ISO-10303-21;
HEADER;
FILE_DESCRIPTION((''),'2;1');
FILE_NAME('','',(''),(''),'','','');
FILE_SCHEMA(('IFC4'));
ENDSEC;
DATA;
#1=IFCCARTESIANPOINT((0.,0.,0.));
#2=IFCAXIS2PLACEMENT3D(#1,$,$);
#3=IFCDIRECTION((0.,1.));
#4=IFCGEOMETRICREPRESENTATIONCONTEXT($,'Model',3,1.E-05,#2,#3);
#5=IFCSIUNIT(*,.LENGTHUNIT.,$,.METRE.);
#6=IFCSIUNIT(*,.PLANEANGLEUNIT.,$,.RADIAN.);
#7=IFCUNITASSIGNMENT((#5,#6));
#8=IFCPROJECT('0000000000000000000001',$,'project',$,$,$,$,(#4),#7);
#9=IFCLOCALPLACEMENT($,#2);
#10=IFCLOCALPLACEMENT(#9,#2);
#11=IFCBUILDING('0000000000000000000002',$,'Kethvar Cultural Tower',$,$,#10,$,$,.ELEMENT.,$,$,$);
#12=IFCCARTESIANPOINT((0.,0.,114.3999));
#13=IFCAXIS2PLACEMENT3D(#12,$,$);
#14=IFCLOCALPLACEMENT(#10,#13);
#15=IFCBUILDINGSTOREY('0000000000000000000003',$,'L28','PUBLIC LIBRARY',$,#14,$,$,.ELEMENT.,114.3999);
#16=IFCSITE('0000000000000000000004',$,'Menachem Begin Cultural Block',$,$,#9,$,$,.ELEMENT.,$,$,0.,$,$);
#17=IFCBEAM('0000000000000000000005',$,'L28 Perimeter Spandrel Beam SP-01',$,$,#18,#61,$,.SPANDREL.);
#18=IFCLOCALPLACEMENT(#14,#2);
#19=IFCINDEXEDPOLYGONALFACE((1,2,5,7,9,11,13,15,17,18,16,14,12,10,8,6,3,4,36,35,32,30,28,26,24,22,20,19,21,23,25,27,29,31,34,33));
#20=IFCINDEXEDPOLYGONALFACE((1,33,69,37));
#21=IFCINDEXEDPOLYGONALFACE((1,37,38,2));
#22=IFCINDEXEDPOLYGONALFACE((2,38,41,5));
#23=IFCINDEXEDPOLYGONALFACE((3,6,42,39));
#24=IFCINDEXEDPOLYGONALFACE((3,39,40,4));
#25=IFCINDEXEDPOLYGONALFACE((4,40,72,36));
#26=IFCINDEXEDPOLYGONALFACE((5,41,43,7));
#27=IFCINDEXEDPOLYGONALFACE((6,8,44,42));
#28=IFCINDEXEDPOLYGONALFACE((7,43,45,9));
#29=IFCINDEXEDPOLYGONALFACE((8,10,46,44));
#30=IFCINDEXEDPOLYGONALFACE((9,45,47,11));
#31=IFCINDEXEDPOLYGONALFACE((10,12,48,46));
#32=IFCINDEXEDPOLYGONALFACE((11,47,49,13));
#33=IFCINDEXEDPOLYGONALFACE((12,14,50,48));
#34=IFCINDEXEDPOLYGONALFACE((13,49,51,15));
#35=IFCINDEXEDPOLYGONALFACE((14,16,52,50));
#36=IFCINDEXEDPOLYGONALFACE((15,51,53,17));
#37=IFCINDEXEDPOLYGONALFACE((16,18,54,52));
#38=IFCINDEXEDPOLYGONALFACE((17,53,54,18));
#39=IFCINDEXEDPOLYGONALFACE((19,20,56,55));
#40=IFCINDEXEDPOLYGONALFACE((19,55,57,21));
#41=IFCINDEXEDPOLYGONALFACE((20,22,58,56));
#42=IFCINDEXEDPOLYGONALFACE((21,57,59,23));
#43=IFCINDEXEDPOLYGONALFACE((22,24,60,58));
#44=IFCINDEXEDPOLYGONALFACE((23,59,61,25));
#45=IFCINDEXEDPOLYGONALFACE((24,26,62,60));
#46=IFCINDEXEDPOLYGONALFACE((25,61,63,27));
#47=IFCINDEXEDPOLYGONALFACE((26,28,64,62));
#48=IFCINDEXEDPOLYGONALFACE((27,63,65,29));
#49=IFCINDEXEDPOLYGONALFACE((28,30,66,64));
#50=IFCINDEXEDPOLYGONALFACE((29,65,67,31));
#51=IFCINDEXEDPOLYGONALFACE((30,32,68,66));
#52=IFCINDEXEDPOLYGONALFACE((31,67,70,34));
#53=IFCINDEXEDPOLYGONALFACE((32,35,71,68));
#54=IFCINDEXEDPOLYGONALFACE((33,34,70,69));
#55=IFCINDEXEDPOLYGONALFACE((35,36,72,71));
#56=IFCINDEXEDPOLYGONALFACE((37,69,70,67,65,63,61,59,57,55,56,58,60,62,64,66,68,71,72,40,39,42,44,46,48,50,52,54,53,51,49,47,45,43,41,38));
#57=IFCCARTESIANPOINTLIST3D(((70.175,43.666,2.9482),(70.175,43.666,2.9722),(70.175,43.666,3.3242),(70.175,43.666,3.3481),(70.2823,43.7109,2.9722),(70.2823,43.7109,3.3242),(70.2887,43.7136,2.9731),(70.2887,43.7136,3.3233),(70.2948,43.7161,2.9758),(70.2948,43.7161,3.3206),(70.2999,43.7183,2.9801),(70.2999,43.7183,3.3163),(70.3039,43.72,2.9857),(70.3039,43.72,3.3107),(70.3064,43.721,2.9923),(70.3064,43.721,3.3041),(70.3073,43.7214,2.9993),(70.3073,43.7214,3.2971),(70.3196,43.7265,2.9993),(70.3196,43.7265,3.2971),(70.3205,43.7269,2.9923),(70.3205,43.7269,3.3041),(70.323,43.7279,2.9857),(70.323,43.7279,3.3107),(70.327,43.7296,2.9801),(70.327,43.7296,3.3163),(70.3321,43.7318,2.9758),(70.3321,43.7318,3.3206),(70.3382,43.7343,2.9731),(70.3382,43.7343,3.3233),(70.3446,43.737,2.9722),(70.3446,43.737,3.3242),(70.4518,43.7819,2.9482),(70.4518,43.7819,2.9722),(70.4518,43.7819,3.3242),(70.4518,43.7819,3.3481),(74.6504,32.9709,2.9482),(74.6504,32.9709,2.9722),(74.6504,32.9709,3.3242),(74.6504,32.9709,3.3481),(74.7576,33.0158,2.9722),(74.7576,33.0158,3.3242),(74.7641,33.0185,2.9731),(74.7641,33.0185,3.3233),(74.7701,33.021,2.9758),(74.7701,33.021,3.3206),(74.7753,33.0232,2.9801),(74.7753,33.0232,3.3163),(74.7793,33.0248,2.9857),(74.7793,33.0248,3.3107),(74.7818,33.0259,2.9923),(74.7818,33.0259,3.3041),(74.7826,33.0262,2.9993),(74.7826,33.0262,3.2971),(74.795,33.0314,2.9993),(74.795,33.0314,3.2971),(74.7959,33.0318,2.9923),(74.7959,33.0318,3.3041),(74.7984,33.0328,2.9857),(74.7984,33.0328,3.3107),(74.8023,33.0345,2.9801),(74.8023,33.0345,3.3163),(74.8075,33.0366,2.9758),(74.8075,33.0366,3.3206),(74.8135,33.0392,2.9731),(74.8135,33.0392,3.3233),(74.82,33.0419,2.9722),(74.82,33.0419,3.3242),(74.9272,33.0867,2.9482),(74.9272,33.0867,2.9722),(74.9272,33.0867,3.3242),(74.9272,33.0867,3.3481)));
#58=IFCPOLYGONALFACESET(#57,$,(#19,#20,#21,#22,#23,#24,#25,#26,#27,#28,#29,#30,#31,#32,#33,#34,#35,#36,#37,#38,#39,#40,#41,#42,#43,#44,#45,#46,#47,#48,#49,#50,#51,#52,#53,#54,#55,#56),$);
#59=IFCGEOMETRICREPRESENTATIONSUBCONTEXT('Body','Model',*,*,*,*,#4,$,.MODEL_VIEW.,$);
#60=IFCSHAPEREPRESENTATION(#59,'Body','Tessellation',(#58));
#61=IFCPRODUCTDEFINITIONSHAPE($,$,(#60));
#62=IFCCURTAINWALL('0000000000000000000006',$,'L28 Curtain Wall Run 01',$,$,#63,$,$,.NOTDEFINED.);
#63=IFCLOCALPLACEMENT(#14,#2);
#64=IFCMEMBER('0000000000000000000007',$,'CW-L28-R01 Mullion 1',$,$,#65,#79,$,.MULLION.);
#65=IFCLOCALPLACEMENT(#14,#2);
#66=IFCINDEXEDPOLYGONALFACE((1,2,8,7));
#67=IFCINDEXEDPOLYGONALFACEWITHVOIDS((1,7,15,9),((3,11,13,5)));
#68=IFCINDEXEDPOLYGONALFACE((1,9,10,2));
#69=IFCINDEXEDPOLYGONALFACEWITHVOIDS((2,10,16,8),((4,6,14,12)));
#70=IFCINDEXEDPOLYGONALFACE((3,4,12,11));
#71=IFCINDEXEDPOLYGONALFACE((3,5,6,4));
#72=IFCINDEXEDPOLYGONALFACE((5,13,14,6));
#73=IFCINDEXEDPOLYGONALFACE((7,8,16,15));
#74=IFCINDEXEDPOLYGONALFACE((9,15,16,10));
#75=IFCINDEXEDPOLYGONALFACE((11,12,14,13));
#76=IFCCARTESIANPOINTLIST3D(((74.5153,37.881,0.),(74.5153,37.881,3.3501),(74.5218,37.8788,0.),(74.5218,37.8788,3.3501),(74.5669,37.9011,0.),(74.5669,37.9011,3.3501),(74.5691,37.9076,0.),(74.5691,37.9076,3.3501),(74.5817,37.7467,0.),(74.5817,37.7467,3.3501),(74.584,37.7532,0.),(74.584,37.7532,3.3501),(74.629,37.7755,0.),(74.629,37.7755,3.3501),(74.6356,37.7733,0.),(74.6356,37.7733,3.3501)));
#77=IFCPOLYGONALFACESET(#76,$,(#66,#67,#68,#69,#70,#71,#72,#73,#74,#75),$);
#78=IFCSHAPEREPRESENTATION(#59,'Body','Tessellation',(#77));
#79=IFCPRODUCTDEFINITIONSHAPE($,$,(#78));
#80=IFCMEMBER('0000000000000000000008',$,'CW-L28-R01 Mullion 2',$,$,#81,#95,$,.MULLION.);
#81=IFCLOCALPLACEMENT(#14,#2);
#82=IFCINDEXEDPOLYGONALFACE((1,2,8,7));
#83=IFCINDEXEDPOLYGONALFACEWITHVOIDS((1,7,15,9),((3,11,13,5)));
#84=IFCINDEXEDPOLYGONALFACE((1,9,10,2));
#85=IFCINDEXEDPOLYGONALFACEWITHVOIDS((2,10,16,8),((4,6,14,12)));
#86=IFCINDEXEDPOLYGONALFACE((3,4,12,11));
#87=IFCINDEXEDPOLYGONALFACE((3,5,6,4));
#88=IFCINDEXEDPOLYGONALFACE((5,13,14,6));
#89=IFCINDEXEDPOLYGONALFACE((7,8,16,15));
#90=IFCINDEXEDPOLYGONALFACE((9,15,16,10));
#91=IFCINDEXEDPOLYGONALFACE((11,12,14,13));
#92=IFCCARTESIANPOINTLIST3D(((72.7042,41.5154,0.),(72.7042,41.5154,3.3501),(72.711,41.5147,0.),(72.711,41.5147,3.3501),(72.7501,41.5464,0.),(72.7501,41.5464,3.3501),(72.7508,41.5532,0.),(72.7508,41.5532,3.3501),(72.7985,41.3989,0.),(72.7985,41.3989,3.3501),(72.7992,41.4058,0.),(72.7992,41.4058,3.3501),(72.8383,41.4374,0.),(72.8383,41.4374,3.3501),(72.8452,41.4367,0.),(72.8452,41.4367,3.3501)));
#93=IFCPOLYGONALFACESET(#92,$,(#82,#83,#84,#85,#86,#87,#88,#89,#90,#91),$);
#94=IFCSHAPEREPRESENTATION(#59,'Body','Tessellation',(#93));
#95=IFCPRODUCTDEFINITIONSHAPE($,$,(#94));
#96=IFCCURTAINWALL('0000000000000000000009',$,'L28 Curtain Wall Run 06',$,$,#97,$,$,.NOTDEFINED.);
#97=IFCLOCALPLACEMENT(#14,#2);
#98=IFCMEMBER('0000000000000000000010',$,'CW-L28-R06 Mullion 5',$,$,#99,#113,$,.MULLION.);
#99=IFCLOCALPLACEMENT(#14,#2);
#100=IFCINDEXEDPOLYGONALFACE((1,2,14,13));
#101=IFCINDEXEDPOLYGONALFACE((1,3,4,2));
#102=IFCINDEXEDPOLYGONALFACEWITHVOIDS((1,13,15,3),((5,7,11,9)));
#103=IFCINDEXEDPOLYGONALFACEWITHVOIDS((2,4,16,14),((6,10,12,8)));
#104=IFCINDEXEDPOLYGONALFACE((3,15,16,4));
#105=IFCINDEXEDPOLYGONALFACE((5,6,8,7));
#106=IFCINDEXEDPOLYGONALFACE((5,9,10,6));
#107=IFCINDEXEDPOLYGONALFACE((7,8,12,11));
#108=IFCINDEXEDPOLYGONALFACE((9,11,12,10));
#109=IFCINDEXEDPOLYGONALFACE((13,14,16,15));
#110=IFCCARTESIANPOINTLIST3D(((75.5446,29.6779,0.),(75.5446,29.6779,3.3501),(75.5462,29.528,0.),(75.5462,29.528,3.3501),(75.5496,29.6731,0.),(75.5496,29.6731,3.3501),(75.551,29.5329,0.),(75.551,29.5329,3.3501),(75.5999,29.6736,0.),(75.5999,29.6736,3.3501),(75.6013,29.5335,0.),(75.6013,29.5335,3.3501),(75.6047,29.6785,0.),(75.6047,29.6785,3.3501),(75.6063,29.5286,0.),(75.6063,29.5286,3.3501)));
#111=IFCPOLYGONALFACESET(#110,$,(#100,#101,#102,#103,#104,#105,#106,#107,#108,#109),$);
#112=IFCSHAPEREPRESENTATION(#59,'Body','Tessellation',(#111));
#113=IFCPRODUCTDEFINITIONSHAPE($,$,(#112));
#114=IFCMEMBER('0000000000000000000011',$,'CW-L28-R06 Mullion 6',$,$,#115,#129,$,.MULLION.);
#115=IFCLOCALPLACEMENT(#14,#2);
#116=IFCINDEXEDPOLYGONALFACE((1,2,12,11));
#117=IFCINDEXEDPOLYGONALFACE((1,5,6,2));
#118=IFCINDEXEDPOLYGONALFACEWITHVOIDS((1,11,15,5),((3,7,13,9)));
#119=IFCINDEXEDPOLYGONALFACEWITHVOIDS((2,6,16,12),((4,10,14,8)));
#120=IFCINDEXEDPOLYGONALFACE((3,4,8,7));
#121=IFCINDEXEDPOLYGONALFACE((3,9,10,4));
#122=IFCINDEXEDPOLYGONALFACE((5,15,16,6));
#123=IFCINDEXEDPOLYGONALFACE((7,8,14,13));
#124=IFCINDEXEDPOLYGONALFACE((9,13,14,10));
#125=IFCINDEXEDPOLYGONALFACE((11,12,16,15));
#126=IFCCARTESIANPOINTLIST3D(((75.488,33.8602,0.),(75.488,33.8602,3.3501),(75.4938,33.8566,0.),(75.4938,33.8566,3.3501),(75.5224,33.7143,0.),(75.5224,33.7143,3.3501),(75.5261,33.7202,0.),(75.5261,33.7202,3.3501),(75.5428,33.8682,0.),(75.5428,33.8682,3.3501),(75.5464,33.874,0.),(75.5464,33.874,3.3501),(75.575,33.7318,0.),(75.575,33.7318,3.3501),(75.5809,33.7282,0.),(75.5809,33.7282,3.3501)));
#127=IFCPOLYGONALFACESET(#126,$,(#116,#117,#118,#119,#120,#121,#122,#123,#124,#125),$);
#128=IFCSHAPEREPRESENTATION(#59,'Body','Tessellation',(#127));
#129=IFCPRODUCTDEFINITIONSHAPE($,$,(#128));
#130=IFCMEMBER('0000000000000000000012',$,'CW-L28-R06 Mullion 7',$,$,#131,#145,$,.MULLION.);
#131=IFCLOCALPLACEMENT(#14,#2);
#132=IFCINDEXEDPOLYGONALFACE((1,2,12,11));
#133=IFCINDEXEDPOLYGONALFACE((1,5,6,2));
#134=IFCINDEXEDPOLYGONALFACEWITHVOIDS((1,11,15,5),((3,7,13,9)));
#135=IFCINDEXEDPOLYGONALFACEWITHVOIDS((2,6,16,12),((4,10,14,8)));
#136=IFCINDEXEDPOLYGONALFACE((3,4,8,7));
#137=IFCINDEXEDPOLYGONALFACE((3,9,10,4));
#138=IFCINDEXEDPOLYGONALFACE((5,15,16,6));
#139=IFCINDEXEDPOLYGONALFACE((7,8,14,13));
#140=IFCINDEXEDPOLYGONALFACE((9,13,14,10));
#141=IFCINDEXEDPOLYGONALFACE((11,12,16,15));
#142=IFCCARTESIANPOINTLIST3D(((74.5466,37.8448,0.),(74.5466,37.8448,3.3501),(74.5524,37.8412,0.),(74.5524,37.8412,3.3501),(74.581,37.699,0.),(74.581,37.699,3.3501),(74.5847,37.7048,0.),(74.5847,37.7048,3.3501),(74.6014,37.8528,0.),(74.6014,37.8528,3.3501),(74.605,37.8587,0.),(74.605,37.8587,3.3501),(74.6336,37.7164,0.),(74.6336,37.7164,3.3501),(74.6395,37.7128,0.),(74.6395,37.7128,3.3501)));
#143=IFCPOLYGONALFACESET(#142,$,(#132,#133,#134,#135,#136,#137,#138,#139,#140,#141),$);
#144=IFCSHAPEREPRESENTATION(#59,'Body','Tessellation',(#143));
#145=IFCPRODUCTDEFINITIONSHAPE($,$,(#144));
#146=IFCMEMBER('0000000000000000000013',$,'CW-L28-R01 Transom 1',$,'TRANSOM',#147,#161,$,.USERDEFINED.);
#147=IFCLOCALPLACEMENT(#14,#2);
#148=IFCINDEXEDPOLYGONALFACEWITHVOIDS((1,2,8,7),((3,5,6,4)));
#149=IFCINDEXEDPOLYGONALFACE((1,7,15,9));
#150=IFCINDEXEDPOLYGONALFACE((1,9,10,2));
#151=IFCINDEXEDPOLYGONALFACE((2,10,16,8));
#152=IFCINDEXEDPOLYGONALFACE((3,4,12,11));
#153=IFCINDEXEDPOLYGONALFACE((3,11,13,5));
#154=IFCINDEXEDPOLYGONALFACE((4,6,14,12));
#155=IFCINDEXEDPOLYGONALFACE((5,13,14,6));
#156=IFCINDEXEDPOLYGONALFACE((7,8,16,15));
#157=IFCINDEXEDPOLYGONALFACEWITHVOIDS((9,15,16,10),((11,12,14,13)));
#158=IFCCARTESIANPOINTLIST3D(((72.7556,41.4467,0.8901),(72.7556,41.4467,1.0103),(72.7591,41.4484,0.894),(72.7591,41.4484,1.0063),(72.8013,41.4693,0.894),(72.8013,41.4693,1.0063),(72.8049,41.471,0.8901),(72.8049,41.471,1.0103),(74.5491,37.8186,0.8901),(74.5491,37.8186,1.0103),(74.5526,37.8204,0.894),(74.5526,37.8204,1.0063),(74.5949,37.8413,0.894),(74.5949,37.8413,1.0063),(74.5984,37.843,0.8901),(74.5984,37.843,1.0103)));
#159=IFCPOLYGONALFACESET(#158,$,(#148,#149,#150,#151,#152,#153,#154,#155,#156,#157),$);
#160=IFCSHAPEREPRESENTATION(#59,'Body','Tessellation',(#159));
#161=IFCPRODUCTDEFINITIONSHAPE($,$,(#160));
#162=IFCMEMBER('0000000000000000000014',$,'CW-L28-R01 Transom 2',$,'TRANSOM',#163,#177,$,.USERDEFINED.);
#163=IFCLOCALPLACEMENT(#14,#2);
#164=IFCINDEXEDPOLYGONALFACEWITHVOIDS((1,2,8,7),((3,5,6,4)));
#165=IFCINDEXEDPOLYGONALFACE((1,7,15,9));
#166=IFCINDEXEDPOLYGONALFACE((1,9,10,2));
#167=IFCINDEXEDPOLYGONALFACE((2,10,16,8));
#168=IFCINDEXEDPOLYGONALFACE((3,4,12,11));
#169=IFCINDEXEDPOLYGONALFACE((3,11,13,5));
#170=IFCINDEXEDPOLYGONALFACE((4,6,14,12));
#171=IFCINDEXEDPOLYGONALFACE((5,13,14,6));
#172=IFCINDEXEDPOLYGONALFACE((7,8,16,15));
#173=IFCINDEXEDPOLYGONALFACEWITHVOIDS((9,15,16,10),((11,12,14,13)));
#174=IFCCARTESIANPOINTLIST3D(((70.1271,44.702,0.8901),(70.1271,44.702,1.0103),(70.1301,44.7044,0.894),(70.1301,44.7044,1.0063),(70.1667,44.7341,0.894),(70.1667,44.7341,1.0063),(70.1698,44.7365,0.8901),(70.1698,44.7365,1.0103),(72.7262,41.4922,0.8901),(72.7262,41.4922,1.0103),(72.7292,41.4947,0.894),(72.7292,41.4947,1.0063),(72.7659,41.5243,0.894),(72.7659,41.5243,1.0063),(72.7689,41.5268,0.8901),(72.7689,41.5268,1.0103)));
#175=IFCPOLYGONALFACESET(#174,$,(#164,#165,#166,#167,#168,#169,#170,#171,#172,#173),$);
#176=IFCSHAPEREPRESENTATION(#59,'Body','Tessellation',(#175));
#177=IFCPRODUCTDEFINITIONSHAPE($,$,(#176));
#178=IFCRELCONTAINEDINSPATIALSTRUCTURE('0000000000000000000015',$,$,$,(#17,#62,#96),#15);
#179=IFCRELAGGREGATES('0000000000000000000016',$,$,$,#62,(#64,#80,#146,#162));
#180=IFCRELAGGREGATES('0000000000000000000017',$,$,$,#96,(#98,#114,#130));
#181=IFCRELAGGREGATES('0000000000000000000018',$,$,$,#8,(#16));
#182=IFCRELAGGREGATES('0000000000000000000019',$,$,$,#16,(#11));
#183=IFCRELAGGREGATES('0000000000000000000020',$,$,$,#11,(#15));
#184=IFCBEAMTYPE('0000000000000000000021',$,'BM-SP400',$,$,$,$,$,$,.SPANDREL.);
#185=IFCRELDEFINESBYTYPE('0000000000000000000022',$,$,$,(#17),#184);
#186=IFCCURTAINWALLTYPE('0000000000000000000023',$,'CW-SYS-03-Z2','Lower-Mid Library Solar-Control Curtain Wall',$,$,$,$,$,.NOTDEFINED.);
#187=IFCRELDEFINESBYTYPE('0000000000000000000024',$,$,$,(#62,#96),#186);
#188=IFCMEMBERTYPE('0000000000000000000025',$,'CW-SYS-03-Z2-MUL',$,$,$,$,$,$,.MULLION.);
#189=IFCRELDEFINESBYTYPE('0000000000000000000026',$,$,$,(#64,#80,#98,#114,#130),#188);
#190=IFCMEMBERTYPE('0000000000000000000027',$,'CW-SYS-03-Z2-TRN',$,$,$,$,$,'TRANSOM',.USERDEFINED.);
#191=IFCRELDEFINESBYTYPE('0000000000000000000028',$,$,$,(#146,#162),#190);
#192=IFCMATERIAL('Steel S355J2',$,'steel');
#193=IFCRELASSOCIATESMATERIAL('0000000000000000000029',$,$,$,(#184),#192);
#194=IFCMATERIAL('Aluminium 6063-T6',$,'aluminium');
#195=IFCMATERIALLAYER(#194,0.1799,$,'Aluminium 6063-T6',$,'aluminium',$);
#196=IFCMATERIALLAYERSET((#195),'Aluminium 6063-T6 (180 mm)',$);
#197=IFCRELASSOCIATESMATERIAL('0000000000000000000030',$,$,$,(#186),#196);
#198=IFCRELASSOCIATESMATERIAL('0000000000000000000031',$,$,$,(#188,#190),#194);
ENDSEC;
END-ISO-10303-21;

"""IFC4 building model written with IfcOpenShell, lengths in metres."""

from ifc_helpers import new_model, si_unit, direction, frame, origin, origin_2d, place, context, subcontext, project, spatial, hollow_rectangle, i_section, extrude, source, transform, mapped, material, layer, layer_set, material_profile, profile_set, type_object, element, aggregate, save


model = new_model("IFC4")

# Units and contexts
model_context = context("Model", 3, precision=1e-05, world=origin(), true_north=direction((0.0, 1.0)))
body_context = subcontext(model_context, "Body", "Model", "MODEL_VIEW")
ifc_project = project(units=[si_unit("LENGTHUNIT", "METRE"), si_unit("PLANEANGLEUNIT", "RADIAN")], contexts=[model_context])

# Site, building, storey
site_placement = place(None, origin())
site = spatial("IfcSite", under=ifc_project, at=site_placement, Name="Menachem Begin Cultural Block", CompositionType="ELEMENT", RefElevation=0.0)
building_placement = place(site_placement, origin())
building = spatial("IfcBuilding", under=site, at=building_placement, Name="Kethvar Cultural Tower", CompositionType="ELEMENT")
storey_placement = place(building_placement, frame((0.0, 0.0, 114.3999)))
storey = spatial("IfcBuildingStorey", under=building, at=storey_placement, Name="L28", Description="PUBLIC LIBRARY", CompositionType="ELEMENT", Elevation=114.3999)

# Beam
ifc_material_1 = material(Name="Steel S355J2", Category="steel")
ifc_material_profile_1 = material_profile(ifc_material_1, i_section(OverallWidth=0.3, OverallDepth=0.3999, WebThickness=0.0134, FlangeThickness=0.0239, FilletRadius=0.0271, at=origin_2d()), Name="Steel S355J2 — HEB400")
ifc_profile_set_1 = profile_set([ifc_material_profile_1], Name="Steel S355J2 — HEB400")
beam_type_1 = type_object("IfcBeamType", Name="BM-SP400", PredefinedType="SPANDREL", material=ifc_profile_set_1)
shared_shape_1 = source(origin(), body_context, "Body", "SweptSolid", [
    extrude(i_section(OverallWidth=0.3, OverallDepth=0.3999, WebThickness=0.0134, FlangeThickness=0.0239, FilletRadius=0.0271, at=origin_2d()), origin(), (0.0, 0.0, 1.0), 11.5938),
])
beam_1_placement = place(storey_placement, frame((74.7888, 33.0288, 3.1482), z_axis=(-0.386016, 0.922492, 0.0), x_axis=(-0.922492, -0.386016, 0.0)))
element("IfcBeam", 1, at=beam_1_placement, inside=storey, type_object=beam_type_1, Name="L28 Perimeter Spandrel Beam SP-01", PredefinedType="SPANDREL", context=body_context, shape_type="MappedRepresentation", body=[
    mapped(shared_shape_1, transform((0.0, 0.0, 0.0), scale=1.0)),
])

# Curtain walls, members
ifc_material_2 = material(Name="Aluminium 6063-T6", Category="aluminium")
ifc_layer_1 = layer(ifc_material_2, 0.1799, Name="Aluminium 6063-T6", Category="aluminium")
ifc_layer_set_1 = layer_set([ifc_layer_1], Name="Aluminium 6063-T6 (180 mm)")
curtain_wall_type = type_object("IfcCurtainWallType", Name="CW-SYS-03-Z2", Description="Lower-Mid Library Solar-Control Curtain Wall", PredefinedType="NOTDEFINED", material=ifc_layer_set_1)
curtain_wall_1_placement = place(storey_placement, origin())
curtain_wall_1 = element("IfcCurtainWall", 2, at=curtain_wall_1_placement, inside=storey, type_object=curtain_wall_type, Name="L28 Curtain Wall Run 01", PredefinedType="NOTDEFINED")
ifc_material_profile_2 = material_profile(ifc_material_2, hollow_rectangle(XDim=0.0601, YDim=0.1499, WallThickness=0.0049, at=origin_2d()), Name="Aluminium 6063-T6 — RHS150x60x5")
ifc_profile_set_2 = profile_set([ifc_material_profile_2], Name="Aluminium 6063-T6 — RHS150x60x5")
member_type_1 = type_object("IfcMemberType", Name="CW-SYS-03-Z2-MUL", PredefinedType="MULLION", material=ifc_profile_set_2)
shared_shape_2 = source(origin(), body_context, "Body", "SweptSolid", [
    extrude(hollow_rectangle(XDim=0.0601, YDim=0.1499, WallThickness=0.0049, at=origin_2d()), origin(), (0.0, 0.0, 1.0), 3.3501),
])
member_1_placement = place(storey_placement, frame((74.5754, 37.8271, 0.0), z_axis=(0.0, 0.0, 1.0), x_axis=(-0.896432, -0.443181, 0.0)))
member_1 = element("IfcMember", 3, at=member_1_placement, type_object=member_type_1, Name="CW-L28-R01 Mullion 1", PredefinedType="MULLION", context=body_context, shape_type="MappedRepresentation", body=[
    mapped(shared_shape_2, transform((0.0, 0.0, 0.0), scale=1.0)),
])
member_2_placement = place(storey_placement, frame((72.7747, 41.4761, 0.0), z_axis=(0.0, 0.0, 1.0), x_axis=(-0.777135, -0.629334, 0.0)))
member_2 = element("IfcMember", 4, at=member_2_placement, type_object=member_type_1, Name="CW-L28-R01 Mullion 2", PredefinedType="MULLION", context=body_context, shape_type="MappedRepresentation", body=[
    mapped(shared_shape_2, transform((0.0, 0.0, 0.0), scale=1.0)),
])
curtain_wall_2_placement = place(storey_placement, origin())
curtain_wall_2 = element("IfcCurtainWall", 5, at=curtain_wall_2_placement, inside=storey, type_object=curtain_wall_type, Name="L28 Curtain Wall Run 06", PredefinedType="NOTDEFINED")
member_3_placement = place(storey_placement, frame((75.5754, 29.6033, 0.0), z_axis=(0.0, 0.0, 1.0), x_axis=(-0.999945, -0.010454, 0.0)))
member_3 = element("IfcMember", 6, at=member_3_placement, type_object=member_type_1, Name="CW-L28-R06 Mullion 5", PredefinedType="MULLION", context=body_context, shape_type="MappedRepresentation", body=[
    mapped(shared_shape_2, transform((0.0, 0.0, 0.0), scale=1.0)),
])
member_4_placement = place(storey_placement, frame((75.5344, 33.7942, 0.0), z_axis=(0.0, 0.0, 1.0), x_axis=(-0.973203, -0.229948, 0.0)))
member_4 = element("IfcMember", 7, at=member_4_placement, type_object=member_type_1, Name="CW-L28-R06 Mullion 6", PredefinedType="MULLION", context=body_context, shape_type="MappedRepresentation", body=[
    mapped(shared_shape_2, transform((0.0, 0.0, 0.0), scale=1.0)),
])
member_5_placement = place(storey_placement, frame((74.593, 37.7788, 0.0), z_axis=(0.0, 0.0, 1.0), x_axis=(-0.973203, -0.229948, 0.0)))
member_5 = element("IfcMember", 8, at=member_5_placement, type_object=member_type_1, Name="CW-L28-R06 Mullion 7", PredefinedType="MULLION", context=body_context, shape_type="MappedRepresentation", body=[
    mapped(shared_shape_2, transform((0.0, 0.0, 0.0), scale=1.0)),
])

# Members
ifc_material_profile_3 = material_profile(ifc_material_2, hollow_rectangle(XDim=0.0549, YDim=0.1201, WallThickness=0.0039, at=origin_2d()), Name="Aluminium 6063-T6 — RHS120x55x4")
ifc_profile_set_3 = profile_set([ifc_material_profile_3], Name="Aluminium 6063-T6 — RHS120x55x4")
member_type_2 = type_object("IfcMemberType", Name="CW-SYS-03-Z2-TRN", ElementType="TRANSOM", PredefinedType="USERDEFINED", material=ifc_profile_set_3)
shared_shape_3 = source(origin(), body_context, "Body", "SweptSolid", [
    extrude(hollow_rectangle(XDim=0.0549, YDim=0.1201, WallThickness=0.0039, at=origin_2d()), origin(), (0.0, 0.0, 1.0), 4.0471),
])
member_6_placement = place(storey_placement, frame((74.5737, 37.8308, 0.9502), z_axis=(-0.443155, 0.896445, 0.0), x_axis=(-0.896445, -0.443155, 0.0)))
member_6 = element("IfcMember", 9, at=member_6_placement, type_object=member_type_2, Name="CW-L28-R01 Transom 1", ObjectType="TRANSOM", PredefinedType="USERDEFINED", context=body_context, shape_type="MappedRepresentation", body=[
    mapped(shared_shape_3, transform((0.0, 0.0, 0.0), scale=1.0)),
])
shared_shape_4 = source(origin(), body_context, "Body", "SweptSolid", [
    extrude(hollow_rectangle(XDim=0.0549, YDim=0.1201, WallThickness=0.0039, at=origin_2d()), origin(), (0.0, 0.0, 1.0), 4.1301),
])
member_7_placement = place(storey_placement, frame((72.7476, 41.5095, 0.9502), z_axis=(-0.629312, 0.777153, 0.0), x_axis=(-0.777153, -0.629312, 0.0)))
member_7 = element("IfcMember", 10, at=member_7_placement, type_object=member_type_2, Name="CW-L28-R01 Transom 2", ObjectType="TRANSOM", PredefinedType="USERDEFINED", context=body_context, shape_type="MappedRepresentation", body=[
    mapped(shared_shape_4, transform((0.0, 0.0, 0.0), scale=1.0)),
])

aggregate(curtain_wall_1, [member_1, member_2, member_6, member_7])
aggregate(curtain_wall_2, [member_3, member_4, member_5])

save(model, "model.ifc")
